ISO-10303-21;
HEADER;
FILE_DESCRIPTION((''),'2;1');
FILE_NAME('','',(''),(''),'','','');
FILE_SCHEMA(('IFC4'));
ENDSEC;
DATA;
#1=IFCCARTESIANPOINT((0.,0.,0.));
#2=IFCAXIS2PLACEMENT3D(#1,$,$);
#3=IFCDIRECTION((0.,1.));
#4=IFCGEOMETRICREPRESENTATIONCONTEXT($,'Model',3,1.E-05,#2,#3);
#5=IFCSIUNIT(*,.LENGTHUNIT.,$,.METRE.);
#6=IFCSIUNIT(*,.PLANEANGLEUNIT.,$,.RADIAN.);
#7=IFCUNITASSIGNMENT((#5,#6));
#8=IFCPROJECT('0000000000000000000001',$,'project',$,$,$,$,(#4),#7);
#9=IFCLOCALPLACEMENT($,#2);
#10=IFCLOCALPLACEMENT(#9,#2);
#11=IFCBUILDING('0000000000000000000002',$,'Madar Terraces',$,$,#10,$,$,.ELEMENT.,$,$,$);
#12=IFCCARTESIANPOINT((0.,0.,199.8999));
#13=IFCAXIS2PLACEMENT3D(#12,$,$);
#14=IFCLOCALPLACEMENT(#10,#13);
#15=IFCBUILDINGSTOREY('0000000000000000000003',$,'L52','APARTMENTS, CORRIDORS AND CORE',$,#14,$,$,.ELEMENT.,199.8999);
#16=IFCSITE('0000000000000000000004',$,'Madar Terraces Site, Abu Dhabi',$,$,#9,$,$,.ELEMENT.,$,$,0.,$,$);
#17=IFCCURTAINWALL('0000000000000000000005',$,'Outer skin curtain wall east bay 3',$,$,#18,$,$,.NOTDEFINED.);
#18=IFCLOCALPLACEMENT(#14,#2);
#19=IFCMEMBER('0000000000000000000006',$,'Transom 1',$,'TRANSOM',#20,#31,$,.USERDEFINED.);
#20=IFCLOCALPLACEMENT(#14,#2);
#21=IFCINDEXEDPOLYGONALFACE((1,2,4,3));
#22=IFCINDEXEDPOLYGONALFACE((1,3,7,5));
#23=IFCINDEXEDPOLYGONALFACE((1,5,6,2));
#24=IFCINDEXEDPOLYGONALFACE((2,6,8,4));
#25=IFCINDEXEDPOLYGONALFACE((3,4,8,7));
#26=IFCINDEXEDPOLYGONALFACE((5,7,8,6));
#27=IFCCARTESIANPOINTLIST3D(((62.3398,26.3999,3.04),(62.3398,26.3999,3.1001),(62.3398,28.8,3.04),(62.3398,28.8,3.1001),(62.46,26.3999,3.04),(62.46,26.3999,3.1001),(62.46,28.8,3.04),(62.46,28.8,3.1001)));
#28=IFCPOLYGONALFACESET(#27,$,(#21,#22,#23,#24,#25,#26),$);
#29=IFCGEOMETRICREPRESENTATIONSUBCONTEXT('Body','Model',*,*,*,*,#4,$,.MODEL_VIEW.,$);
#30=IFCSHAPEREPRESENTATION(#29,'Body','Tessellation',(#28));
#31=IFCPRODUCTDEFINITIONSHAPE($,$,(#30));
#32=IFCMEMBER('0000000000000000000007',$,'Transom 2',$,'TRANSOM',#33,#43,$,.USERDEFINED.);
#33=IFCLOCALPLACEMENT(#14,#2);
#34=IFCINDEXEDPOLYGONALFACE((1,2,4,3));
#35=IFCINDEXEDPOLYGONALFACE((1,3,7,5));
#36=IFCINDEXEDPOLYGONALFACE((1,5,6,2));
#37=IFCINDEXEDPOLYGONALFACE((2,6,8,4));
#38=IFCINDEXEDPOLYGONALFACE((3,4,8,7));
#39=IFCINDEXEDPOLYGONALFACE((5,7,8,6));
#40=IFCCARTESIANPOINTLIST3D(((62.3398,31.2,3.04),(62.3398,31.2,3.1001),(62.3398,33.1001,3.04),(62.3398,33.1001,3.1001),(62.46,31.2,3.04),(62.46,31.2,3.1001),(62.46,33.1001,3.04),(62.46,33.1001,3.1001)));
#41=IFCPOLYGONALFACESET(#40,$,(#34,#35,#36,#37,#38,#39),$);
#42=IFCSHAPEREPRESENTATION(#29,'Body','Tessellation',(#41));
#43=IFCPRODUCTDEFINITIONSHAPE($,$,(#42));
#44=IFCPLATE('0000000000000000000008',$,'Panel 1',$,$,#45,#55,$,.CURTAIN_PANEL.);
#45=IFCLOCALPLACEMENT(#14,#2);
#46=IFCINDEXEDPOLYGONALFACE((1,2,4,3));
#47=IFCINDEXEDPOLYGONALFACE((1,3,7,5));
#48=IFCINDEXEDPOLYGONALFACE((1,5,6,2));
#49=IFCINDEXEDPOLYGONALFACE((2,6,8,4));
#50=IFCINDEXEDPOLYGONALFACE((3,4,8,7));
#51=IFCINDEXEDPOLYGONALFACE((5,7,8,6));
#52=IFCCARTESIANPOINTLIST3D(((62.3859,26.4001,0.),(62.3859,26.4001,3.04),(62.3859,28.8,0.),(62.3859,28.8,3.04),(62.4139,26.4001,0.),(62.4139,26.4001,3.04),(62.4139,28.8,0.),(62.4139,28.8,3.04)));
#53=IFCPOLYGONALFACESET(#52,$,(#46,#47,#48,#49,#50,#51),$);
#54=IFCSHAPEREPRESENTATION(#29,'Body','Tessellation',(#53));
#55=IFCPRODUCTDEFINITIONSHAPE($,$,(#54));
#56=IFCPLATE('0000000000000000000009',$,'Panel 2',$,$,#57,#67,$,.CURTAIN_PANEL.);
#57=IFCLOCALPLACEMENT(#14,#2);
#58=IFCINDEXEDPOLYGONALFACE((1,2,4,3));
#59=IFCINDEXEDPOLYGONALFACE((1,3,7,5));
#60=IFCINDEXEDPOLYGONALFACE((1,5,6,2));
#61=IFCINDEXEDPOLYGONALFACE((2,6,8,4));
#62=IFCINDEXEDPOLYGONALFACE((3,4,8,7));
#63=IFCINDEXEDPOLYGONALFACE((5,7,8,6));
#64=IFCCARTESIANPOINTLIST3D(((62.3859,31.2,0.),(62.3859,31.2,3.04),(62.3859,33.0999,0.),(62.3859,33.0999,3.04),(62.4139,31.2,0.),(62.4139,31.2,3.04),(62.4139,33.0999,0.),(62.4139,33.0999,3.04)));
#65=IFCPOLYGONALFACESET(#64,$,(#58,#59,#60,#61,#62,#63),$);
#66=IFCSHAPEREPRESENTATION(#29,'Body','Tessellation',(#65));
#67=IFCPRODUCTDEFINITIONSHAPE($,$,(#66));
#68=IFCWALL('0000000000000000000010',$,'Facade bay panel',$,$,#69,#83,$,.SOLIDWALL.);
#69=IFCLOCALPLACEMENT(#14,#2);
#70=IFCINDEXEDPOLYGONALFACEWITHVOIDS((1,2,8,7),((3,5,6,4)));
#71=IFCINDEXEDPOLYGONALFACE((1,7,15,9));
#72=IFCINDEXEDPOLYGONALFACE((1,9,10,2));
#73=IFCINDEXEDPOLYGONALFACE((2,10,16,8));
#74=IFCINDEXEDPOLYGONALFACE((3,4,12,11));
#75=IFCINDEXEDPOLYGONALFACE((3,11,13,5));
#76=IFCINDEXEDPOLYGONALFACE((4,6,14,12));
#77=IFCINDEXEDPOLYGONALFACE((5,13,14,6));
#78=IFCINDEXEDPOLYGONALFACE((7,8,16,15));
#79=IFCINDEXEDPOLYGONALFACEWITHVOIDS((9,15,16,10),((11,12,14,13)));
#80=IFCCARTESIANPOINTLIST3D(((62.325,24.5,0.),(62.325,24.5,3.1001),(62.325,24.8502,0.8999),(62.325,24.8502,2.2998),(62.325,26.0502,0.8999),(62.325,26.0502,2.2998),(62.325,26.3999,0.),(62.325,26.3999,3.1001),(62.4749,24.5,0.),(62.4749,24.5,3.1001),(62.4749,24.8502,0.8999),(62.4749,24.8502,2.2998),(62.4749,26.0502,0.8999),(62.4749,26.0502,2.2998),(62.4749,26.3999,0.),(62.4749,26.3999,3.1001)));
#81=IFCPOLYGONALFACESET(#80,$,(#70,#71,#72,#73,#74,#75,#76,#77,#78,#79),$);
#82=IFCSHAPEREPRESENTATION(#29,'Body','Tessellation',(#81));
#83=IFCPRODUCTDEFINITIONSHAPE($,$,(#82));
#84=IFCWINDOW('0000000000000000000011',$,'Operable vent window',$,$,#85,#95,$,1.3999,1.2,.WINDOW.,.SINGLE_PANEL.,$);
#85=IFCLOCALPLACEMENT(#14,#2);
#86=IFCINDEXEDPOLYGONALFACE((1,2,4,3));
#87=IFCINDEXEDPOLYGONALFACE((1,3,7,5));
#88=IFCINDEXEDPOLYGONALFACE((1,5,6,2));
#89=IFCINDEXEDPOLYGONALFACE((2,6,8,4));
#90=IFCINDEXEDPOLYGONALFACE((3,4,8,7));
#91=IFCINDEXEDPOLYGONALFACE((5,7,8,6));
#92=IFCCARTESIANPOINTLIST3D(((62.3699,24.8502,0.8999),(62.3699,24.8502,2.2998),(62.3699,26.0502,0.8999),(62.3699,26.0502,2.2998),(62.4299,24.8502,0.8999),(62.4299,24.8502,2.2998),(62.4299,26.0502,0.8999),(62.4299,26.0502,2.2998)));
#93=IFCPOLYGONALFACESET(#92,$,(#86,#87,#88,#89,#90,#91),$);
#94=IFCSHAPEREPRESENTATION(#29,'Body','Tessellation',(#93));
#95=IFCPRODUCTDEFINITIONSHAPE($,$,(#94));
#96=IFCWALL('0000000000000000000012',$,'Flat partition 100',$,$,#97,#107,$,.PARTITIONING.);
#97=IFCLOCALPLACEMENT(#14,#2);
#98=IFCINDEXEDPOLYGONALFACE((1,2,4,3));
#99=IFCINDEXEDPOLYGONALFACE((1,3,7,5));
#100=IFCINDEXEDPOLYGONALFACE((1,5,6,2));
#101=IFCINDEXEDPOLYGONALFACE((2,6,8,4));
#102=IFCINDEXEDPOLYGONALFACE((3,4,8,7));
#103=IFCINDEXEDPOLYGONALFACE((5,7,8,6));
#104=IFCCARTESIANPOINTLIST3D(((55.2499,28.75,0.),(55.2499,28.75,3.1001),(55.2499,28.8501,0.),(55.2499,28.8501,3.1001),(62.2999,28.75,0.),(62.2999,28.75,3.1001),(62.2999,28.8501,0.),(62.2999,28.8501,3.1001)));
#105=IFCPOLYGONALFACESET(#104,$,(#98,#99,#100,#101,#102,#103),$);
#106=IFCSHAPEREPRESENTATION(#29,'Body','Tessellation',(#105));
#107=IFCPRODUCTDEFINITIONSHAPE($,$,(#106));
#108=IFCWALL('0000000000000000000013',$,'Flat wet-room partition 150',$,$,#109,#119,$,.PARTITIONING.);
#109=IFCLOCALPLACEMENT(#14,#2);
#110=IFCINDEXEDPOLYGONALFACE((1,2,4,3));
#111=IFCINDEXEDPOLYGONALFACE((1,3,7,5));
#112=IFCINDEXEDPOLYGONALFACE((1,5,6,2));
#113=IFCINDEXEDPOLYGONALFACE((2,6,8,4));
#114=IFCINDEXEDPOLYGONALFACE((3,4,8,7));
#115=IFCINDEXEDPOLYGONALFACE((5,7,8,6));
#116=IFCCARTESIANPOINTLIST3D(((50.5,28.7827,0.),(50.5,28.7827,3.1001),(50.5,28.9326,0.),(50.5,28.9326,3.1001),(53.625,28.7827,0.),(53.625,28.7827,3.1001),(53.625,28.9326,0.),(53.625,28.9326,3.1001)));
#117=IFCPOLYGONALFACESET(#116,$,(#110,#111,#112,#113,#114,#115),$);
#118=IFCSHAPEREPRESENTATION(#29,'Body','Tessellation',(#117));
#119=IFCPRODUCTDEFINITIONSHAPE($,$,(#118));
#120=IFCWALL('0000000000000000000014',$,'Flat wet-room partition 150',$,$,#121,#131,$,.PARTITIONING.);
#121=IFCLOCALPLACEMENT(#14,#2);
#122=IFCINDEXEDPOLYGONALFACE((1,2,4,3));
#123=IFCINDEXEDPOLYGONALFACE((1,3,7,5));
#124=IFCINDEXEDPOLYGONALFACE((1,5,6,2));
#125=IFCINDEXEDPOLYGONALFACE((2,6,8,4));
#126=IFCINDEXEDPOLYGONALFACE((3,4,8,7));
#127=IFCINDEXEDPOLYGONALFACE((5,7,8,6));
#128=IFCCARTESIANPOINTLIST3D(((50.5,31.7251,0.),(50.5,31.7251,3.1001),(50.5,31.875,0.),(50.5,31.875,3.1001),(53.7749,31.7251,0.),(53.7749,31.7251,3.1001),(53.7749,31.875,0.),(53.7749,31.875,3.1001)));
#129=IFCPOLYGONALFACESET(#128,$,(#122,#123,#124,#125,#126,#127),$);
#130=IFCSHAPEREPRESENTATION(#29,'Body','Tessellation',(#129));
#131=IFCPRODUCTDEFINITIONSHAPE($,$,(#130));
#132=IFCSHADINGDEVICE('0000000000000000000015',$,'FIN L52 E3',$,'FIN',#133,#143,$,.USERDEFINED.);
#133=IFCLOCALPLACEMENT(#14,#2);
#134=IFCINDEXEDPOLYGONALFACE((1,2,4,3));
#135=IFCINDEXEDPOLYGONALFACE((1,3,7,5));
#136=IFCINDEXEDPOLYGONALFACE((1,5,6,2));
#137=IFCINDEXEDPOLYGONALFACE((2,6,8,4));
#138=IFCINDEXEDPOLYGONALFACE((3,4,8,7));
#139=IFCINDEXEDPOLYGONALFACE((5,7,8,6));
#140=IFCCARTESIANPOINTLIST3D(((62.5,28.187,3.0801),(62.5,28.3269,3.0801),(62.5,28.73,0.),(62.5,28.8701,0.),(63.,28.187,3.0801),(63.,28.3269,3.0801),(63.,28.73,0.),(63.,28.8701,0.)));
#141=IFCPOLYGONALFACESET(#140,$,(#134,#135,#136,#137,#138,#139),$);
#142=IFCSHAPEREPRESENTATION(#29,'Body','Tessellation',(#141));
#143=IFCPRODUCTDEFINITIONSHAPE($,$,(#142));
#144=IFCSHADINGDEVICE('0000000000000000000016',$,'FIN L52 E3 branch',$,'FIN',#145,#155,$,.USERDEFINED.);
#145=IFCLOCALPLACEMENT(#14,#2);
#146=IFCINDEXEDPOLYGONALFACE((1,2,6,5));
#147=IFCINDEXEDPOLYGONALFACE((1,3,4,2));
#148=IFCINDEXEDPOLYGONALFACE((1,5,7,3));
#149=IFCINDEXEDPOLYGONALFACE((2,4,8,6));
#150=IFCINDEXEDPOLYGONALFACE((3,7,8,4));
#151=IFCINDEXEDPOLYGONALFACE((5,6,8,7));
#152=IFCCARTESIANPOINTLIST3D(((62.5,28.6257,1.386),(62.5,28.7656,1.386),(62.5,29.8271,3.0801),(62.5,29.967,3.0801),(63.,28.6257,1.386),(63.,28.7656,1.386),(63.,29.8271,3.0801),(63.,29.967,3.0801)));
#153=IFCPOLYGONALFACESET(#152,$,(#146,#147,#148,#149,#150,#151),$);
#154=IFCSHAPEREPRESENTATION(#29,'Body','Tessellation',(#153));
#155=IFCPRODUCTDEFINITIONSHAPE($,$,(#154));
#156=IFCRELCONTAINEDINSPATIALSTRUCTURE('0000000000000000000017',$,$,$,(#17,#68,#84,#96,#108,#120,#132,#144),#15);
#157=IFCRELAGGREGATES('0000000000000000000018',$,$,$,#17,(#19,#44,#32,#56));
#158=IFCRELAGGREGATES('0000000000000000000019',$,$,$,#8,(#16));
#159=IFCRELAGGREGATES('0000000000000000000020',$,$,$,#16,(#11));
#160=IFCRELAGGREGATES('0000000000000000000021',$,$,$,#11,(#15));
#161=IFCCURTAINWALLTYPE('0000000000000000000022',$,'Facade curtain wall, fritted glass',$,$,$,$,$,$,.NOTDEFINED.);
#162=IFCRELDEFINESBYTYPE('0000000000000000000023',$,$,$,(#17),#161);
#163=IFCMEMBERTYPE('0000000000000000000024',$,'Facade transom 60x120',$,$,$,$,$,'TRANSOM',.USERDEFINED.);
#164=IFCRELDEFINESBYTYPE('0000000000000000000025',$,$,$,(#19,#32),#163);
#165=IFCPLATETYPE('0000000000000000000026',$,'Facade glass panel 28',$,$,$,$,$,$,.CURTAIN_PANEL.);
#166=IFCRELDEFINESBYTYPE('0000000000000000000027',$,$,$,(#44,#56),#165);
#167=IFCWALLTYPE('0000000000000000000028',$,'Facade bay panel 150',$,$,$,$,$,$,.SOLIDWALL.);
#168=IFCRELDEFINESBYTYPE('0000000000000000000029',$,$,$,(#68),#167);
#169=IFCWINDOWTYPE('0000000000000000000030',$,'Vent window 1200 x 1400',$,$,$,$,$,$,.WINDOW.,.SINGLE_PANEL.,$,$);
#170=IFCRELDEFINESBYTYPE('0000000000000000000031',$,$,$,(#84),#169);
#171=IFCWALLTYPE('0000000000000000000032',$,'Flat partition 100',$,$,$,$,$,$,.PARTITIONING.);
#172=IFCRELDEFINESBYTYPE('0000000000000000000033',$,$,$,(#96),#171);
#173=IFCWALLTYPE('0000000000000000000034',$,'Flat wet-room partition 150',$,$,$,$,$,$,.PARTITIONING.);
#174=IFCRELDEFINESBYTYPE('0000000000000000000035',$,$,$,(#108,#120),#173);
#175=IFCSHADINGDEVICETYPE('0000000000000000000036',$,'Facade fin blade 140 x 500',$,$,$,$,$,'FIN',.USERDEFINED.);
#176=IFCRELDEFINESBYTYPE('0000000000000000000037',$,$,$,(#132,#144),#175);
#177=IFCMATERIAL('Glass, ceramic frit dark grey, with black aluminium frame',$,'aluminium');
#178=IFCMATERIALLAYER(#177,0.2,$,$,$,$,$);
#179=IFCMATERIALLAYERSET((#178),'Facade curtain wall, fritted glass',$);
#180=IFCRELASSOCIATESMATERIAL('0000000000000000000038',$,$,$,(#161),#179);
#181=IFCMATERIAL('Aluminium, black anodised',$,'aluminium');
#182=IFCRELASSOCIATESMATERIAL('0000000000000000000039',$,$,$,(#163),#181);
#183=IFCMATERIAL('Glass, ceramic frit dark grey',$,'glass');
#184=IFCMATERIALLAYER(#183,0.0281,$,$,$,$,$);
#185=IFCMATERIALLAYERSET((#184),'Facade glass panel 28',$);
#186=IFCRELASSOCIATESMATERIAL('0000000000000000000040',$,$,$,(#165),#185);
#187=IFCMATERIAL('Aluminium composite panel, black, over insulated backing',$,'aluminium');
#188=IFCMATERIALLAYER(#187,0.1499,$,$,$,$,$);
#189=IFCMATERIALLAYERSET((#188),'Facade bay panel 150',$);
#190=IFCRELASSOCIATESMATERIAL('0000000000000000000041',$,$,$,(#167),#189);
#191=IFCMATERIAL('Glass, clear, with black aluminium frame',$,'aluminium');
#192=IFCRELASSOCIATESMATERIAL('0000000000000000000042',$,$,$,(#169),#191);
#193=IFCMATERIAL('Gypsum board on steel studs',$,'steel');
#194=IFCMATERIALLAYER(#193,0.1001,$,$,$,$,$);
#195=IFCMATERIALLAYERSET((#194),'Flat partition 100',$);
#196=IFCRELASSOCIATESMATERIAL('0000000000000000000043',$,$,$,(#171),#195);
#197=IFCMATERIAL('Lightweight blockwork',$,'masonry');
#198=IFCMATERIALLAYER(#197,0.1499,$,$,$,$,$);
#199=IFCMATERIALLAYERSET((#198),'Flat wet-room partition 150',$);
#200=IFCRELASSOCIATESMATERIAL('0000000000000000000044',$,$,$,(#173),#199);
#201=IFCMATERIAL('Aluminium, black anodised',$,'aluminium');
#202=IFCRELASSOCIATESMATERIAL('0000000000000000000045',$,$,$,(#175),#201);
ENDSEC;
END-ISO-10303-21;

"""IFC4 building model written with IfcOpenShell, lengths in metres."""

from ifc_helpers import new_model, si_unit, direction, frame, frame_2d, origin, origin_2d, place, context, subcontext, project, spatial, polyline, rectangle, outline, extrude, material, layer, layer_set, material_profile, profile_set, type_object, element, fill, aggregate, save


model = new_model("IFC4")

# Units and contexts
model_context = context("Model", 3, precision=1e-05, world=origin(), true_north=direction((0.0, 1.0)))
body_context = subcontext(model_context, "Body", "Model", "MODEL_VIEW")
ifc_project = project(units=[si_unit("LENGTHUNIT", "METRE"), si_unit("PLANEANGLEUNIT", "RADIAN")], contexts=[model_context])

# Site, building, storey
site_placement = place(None, origin())
site = spatial("IfcSite", under=ifc_project, at=site_placement, Name="Madar Terraces Site, Abu Dhabi", CompositionType="ELEMENT", RefElevation=0.0)
building_placement = place(site_placement, origin())
building = spatial("IfcBuilding", under=site, at=building_placement, Name="Madar Terraces", CompositionType="ELEMENT")
storey_placement = place(building_placement, frame((0.0, 0.0, 199.8999)))
storey = spatial("IfcBuildingStorey", under=building, at=storey_placement, Name="L52", Description="APARTMENTS, CORRIDORS AND CORE", CompositionType="ELEMENT", Elevation=199.8999)

# Curtain wall, members, plates
ifc_material_1 = material(Name="Glass, ceramic frit dark grey, with black aluminium frame", Category="aluminium")
ifc_layer_1 = layer(ifc_material_1, 0.2)
ifc_layer_set_1 = layer_set([ifc_layer_1], Name="Facade curtain wall, fritted glass")
curtain_wall_type = type_object("IfcCurtainWallType", Name="Facade curtain wall, fritted glass", PredefinedType="NOTDEFINED", material=ifc_layer_set_1)
curtain_wall_placement = place(storey_placement, origin())
curtain_wall = element("IfcCurtainWall", 1, at=curtain_wall_placement, inside=storey, type_object=curtain_wall_type, Name="Outer skin curtain wall east bay 3", PredefinedType="NOTDEFINED")
ifc_material_2 = material(Name="Aluminium, black anodised", Category="aluminium")
ifc_material_profile = material_profile(ifc_material_2, rectangle(XDim=0.1201, YDim=0.0601, at=origin_2d()), Name="Facade transom 60x120")
ifc_profile_set = profile_set([ifc_material_profile], Name="Aluminium, black anodised")
member_type = type_object("IfcMemberType", Name="Facade transom 60x120", ElementType="TRANSOM", PredefinedType="USERDEFINED", material=ifc_profile_set)
member_1_placement = place(storey_placement, frame((62.3999, 26.3999, 3.0701), z_axis=(0.0, 1.0, 0.0), x_axis=(-1.0, 0.0, 0.0)))
member_1 = element("IfcMember", 2, at=member_1_placement, type_object=member_type, Name="Transom 1", ObjectType="TRANSOM", PredefinedType="USERDEFINED", context=body_context, shape_type="SweptSolid", body=[
    extrude(rectangle(XDim=0.1201, YDim=0.0601, at=origin_2d()), origin(), (0.0, 0.0, 1.0), 2.4001),
])
member_2_placement = place(storey_placement, frame((62.3999, 31.2, 3.0701), z_axis=(0.0, 1.0, 0.0), x_axis=(-1.0, 0.0, 0.0)))
member_2 = element("IfcMember", 3, at=member_2_placement, type_object=member_type, Name="Transom 2", ObjectType="TRANSOM", PredefinedType="USERDEFINED", context=body_context, shape_type="SweptSolid", body=[
    extrude(rectangle(XDim=0.1201, YDim=0.0601, at=origin_2d()), origin(), (0.0, 0.0, 1.0), 1.9001),
])
ifc_material_3 = material(Name="Glass, ceramic frit dark grey", Category="glass")
ifc_layer_2 = layer(ifc_material_3, 0.0281)
ifc_layer_set_2 = layer_set([ifc_layer_2], Name="Facade glass panel 28")
plate_type = type_object("IfcPlateType", Name="Facade glass panel 28", PredefinedType="CURTAIN_PANEL", material=ifc_layer_set_2)
plate_1_placement = place(storey_placement, frame((62.3999, 27.6001, 0.0), z_axis=(0.0, 0.0, 1.0), x_axis=(0.0, 1.0, 0.0)))
plate_1 = element("IfcPlate", 4, at=plate_1_placement, type_object=plate_type, Name="Panel 1", PredefinedType="CURTAIN_PANEL", context=body_context, shape_type="SweptSolid", body=[
    extrude(rectangle(XDim=2.3999, YDim=0.0281, at=origin_2d()), origin(), (0.0, 0.0, 1.0), 3.04),
])
plate_2_placement = place(storey_placement, frame((62.3999, 32.1499, 0.0), z_axis=(0.0, 0.0, 1.0), x_axis=(0.0, 1.0, 0.0)))
plate_2 = element("IfcPlate", 5, at=plate_2_placement, type_object=plate_type, Name="Panel 2", PredefinedType="CURTAIN_PANEL", context=body_context, shape_type="SweptSolid", body=[
    extrude(rectangle(XDim=1.8999, YDim=0.0281, at=origin_2d()), origin(), (0.0, 0.0, 1.0), 3.04),
])
aggregate(curtain_wall, [member_1, plate_1, member_2, plate_2])

# Wall, opening, window
ifc_material_4 = material(Name="Aluminium composite panel, black, over insulated backing", Category="aluminium")
ifc_layer_3 = layer(ifc_material_4, 0.1499)
ifc_layer_set_3 = layer_set([ifc_layer_3], Name="Facade bay panel 150")
wall_type_1 = type_object("IfcWallType", Name="Facade bay panel 150", PredefinedType="SOLIDWALL", material=ifc_layer_set_3)
wall_1_placement = place(storey_placement, frame((62.3999, 24.5, 0.0), z_axis=(0.0, 0.0, 1.0), x_axis=(0.0, 1.0, 0.0)))
wall_1 = element("IfcWall", 6, at=wall_1_placement, inside=storey, type_object=wall_type_1, Name="Facade bay panel", PredefinedType="SOLIDWALL", context=body_context, shape_type="SweptSolid", body=[
    extrude(rectangle(XDim=1.8999, YDim=0.1499, at=frame_2d((0.95, 0.0))), origin(), (0.0, 0.0, 1.0), 3.1001),
])
opening_1_placement = place(wall_1_placement, frame((0.3501, 0.0, 0.8999)))
opening_1 = element("IfcOpeningElement", 7, at=opening_1_placement, cuts=wall_1, PredefinedType="OPENING", context=body_context, shape_type="SweptSolid", body=[
    extrude(rectangle(XDim=1.2, YDim=1.3999, at=frame_2d((0.6001, 0.7))), frame((0.0, 0.085, 0.0), z_axis=(0.0, -1.0, 0.0), x_axis=(1.0, 0.0, 0.0)), (0.0, 0.0, 1.0), 0.1699),
])
ifc_material_5 = material(Name="Glass, clear, with black aluminium frame", Category="aluminium")
window_type = type_object("IfcWindowType", Name="Vent window 1200 x 1400", PartitioningType="SINGLE_PANEL", PredefinedType="WINDOW", material=ifc_material_5)
window_placement = place(opening_1_placement, origin())
window = element("IfcWindow", 8, at=window_placement, inside=storey, type_object=window_type, Name="Operable vent window", OverallHeight=1.3999, OverallWidth=1.2, PartitioningType="SINGLE_PANEL", PredefinedType="WINDOW", context=body_context, shape_type="SweptSolid", body=[
    extrude(rectangle(XDim=1.2, YDim=1.3999, at=frame_2d((0.6001, 0.7))), frame((0.0, 0.03, 0.0), z_axis=(0.0, -1.0, 0.0), x_axis=(1.0, 0.0, 0.0)), (0.0, 0.0, 1.0), 0.0601),
])
fill(opening_1, window)

# Walls
ifc_material_6 = material(Name="Gypsum board on steel studs", Category="steel")
ifc_layer_4 = layer(ifc_material_6, 0.1001)
ifc_layer_set_4 = layer_set([ifc_layer_4], Name="Flat partition 100")
wall_type_2 = type_object("IfcWallType", Name="Flat partition 100", PredefinedType="PARTITIONING", material=ifc_layer_set_4)
wall_2_placement = place(storey_placement, frame((55.25, 28.8, 0.0), z_axis=(0.0, 0.0, 1.0), x_axis=(1.0, 0.0, 0.0)))
element("IfcWall", 9, at=wall_2_placement, inside=storey, type_object=wall_type_2, Name="Flat partition 100", PredefinedType="PARTITIONING", context=body_context, shape_type="SweptSolid", body=[
    extrude(rectangle(XDim=7.05, YDim=0.1001, at=frame_2d((3.5249, 0.0))), origin(), (0.0, 0.0, 1.0), 3.1001),
])
ifc_material_7 = material(Name="Lightweight blockwork", Category="masonry")
ifc_layer_5 = layer(ifc_material_7, 0.1499)
ifc_layer_set_5 = layer_set([ifc_layer_5], Name="Flat wet-room partition 150")
wall_type_3 = type_object("IfcWallType", Name="Flat wet-room partition 150", PredefinedType="PARTITIONING", material=ifc_layer_set_5)
wall_3_placement = place(storey_placement, frame((50.5, 28.8577, 0.0), z_axis=(0.0, 0.0, 1.0), x_axis=(1.0, 0.0, 0.0)))
element("IfcWall", 10, at=wall_3_placement, inside=storey, type_object=wall_type_3, Name="Flat wet-room partition 150", PredefinedType="PARTITIONING", context=body_context, shape_type="SweptSolid", body=[
    extrude(rectangle(XDim=3.125, YDim=0.1499, at=frame_2d((1.5625, 0.0))), origin(), (0.0, 0.0, 1.0), 3.1001),
])
wall_4_placement = place(storey_placement, frame((50.5, 31.8, 0.0), z_axis=(0.0, 0.0, 1.0), x_axis=(1.0, 0.0, 0.0)))
element("IfcWall", 11, at=wall_4_placement, inside=storey, type_object=wall_type_3, Name="Flat wet-room partition 150", PredefinedType="PARTITIONING", context=body_context, shape_type="SweptSolid", body=[
    extrude(rectangle(XDim=3.2749, YDim=0.1499, at=frame_2d((1.6375, 0.0))), origin(), (0.0, 0.0, 1.0), 3.1001),
])

# Shading devices
ifc_material_8 = material(Name="Aluminium, black anodised", Category="aluminium")
shading_device_type = type_object("IfcShadingDeviceType", Name="Facade fin blade 140 x 500", ElementType="FIN", PredefinedType="USERDEFINED", material=ifc_material_8)
shading_device_1_placement = place(storey_placement, frame((62.75, 28.73, 0.0), z_axis=(0.0, 0.0, 1.0), x_axis=(0.0, 1.0, 0.0)))
element("IfcShadingDevice", 12, at=shading_device_1_placement, inside=storey, type_object=shading_device_type, Name="FIN L52 E3", ObjectType="FIN", PredefinedType="USERDEFINED", context=body_context, shape_type="SweptSolid", body=[
    extrude(outline(polyline([(0.0, 0.0), (0.1401, 0.0), (-0.4031, 3.0801), (-0.543, 3.0801), (0.0, 0.0)])), frame((0.0, 0.25, 0.0), z_axis=(0.0, -1.0, 0.0), x_axis=(1.0, 0.0, 0.0)), (0.0, 0.0, 1.0), 0.5),
])
shading_device_2_placement = place(storey_placement, frame((62.75, 28.6257, 1.386), z_axis=(0.0, 0.0, 1.0), x_axis=(0.0, 1.0, 0.0)))
element("IfcShadingDevice", 13, at=shading_device_2_placement, inside=storey, type_object=shading_device_type, Name="FIN L52 E3 branch", ObjectType="FIN", PredefinedType="USERDEFINED", context=body_context, shape_type="SweptSolid", body=[
    extrude(outline(polyline([(0.0, 0.0), (0.1399, 0.0), (1.3413, 1.6941), (1.2014, 1.6941), (0.0, 0.0)])), frame((0.0, 0.25, 0.0), z_axis=(0.0, -1.0, 0.0), x_axis=(1.0, 0.0, 0.0)), (0.0, 0.0, 1.0), 0.5),
])

save(model, "model.ifc")
